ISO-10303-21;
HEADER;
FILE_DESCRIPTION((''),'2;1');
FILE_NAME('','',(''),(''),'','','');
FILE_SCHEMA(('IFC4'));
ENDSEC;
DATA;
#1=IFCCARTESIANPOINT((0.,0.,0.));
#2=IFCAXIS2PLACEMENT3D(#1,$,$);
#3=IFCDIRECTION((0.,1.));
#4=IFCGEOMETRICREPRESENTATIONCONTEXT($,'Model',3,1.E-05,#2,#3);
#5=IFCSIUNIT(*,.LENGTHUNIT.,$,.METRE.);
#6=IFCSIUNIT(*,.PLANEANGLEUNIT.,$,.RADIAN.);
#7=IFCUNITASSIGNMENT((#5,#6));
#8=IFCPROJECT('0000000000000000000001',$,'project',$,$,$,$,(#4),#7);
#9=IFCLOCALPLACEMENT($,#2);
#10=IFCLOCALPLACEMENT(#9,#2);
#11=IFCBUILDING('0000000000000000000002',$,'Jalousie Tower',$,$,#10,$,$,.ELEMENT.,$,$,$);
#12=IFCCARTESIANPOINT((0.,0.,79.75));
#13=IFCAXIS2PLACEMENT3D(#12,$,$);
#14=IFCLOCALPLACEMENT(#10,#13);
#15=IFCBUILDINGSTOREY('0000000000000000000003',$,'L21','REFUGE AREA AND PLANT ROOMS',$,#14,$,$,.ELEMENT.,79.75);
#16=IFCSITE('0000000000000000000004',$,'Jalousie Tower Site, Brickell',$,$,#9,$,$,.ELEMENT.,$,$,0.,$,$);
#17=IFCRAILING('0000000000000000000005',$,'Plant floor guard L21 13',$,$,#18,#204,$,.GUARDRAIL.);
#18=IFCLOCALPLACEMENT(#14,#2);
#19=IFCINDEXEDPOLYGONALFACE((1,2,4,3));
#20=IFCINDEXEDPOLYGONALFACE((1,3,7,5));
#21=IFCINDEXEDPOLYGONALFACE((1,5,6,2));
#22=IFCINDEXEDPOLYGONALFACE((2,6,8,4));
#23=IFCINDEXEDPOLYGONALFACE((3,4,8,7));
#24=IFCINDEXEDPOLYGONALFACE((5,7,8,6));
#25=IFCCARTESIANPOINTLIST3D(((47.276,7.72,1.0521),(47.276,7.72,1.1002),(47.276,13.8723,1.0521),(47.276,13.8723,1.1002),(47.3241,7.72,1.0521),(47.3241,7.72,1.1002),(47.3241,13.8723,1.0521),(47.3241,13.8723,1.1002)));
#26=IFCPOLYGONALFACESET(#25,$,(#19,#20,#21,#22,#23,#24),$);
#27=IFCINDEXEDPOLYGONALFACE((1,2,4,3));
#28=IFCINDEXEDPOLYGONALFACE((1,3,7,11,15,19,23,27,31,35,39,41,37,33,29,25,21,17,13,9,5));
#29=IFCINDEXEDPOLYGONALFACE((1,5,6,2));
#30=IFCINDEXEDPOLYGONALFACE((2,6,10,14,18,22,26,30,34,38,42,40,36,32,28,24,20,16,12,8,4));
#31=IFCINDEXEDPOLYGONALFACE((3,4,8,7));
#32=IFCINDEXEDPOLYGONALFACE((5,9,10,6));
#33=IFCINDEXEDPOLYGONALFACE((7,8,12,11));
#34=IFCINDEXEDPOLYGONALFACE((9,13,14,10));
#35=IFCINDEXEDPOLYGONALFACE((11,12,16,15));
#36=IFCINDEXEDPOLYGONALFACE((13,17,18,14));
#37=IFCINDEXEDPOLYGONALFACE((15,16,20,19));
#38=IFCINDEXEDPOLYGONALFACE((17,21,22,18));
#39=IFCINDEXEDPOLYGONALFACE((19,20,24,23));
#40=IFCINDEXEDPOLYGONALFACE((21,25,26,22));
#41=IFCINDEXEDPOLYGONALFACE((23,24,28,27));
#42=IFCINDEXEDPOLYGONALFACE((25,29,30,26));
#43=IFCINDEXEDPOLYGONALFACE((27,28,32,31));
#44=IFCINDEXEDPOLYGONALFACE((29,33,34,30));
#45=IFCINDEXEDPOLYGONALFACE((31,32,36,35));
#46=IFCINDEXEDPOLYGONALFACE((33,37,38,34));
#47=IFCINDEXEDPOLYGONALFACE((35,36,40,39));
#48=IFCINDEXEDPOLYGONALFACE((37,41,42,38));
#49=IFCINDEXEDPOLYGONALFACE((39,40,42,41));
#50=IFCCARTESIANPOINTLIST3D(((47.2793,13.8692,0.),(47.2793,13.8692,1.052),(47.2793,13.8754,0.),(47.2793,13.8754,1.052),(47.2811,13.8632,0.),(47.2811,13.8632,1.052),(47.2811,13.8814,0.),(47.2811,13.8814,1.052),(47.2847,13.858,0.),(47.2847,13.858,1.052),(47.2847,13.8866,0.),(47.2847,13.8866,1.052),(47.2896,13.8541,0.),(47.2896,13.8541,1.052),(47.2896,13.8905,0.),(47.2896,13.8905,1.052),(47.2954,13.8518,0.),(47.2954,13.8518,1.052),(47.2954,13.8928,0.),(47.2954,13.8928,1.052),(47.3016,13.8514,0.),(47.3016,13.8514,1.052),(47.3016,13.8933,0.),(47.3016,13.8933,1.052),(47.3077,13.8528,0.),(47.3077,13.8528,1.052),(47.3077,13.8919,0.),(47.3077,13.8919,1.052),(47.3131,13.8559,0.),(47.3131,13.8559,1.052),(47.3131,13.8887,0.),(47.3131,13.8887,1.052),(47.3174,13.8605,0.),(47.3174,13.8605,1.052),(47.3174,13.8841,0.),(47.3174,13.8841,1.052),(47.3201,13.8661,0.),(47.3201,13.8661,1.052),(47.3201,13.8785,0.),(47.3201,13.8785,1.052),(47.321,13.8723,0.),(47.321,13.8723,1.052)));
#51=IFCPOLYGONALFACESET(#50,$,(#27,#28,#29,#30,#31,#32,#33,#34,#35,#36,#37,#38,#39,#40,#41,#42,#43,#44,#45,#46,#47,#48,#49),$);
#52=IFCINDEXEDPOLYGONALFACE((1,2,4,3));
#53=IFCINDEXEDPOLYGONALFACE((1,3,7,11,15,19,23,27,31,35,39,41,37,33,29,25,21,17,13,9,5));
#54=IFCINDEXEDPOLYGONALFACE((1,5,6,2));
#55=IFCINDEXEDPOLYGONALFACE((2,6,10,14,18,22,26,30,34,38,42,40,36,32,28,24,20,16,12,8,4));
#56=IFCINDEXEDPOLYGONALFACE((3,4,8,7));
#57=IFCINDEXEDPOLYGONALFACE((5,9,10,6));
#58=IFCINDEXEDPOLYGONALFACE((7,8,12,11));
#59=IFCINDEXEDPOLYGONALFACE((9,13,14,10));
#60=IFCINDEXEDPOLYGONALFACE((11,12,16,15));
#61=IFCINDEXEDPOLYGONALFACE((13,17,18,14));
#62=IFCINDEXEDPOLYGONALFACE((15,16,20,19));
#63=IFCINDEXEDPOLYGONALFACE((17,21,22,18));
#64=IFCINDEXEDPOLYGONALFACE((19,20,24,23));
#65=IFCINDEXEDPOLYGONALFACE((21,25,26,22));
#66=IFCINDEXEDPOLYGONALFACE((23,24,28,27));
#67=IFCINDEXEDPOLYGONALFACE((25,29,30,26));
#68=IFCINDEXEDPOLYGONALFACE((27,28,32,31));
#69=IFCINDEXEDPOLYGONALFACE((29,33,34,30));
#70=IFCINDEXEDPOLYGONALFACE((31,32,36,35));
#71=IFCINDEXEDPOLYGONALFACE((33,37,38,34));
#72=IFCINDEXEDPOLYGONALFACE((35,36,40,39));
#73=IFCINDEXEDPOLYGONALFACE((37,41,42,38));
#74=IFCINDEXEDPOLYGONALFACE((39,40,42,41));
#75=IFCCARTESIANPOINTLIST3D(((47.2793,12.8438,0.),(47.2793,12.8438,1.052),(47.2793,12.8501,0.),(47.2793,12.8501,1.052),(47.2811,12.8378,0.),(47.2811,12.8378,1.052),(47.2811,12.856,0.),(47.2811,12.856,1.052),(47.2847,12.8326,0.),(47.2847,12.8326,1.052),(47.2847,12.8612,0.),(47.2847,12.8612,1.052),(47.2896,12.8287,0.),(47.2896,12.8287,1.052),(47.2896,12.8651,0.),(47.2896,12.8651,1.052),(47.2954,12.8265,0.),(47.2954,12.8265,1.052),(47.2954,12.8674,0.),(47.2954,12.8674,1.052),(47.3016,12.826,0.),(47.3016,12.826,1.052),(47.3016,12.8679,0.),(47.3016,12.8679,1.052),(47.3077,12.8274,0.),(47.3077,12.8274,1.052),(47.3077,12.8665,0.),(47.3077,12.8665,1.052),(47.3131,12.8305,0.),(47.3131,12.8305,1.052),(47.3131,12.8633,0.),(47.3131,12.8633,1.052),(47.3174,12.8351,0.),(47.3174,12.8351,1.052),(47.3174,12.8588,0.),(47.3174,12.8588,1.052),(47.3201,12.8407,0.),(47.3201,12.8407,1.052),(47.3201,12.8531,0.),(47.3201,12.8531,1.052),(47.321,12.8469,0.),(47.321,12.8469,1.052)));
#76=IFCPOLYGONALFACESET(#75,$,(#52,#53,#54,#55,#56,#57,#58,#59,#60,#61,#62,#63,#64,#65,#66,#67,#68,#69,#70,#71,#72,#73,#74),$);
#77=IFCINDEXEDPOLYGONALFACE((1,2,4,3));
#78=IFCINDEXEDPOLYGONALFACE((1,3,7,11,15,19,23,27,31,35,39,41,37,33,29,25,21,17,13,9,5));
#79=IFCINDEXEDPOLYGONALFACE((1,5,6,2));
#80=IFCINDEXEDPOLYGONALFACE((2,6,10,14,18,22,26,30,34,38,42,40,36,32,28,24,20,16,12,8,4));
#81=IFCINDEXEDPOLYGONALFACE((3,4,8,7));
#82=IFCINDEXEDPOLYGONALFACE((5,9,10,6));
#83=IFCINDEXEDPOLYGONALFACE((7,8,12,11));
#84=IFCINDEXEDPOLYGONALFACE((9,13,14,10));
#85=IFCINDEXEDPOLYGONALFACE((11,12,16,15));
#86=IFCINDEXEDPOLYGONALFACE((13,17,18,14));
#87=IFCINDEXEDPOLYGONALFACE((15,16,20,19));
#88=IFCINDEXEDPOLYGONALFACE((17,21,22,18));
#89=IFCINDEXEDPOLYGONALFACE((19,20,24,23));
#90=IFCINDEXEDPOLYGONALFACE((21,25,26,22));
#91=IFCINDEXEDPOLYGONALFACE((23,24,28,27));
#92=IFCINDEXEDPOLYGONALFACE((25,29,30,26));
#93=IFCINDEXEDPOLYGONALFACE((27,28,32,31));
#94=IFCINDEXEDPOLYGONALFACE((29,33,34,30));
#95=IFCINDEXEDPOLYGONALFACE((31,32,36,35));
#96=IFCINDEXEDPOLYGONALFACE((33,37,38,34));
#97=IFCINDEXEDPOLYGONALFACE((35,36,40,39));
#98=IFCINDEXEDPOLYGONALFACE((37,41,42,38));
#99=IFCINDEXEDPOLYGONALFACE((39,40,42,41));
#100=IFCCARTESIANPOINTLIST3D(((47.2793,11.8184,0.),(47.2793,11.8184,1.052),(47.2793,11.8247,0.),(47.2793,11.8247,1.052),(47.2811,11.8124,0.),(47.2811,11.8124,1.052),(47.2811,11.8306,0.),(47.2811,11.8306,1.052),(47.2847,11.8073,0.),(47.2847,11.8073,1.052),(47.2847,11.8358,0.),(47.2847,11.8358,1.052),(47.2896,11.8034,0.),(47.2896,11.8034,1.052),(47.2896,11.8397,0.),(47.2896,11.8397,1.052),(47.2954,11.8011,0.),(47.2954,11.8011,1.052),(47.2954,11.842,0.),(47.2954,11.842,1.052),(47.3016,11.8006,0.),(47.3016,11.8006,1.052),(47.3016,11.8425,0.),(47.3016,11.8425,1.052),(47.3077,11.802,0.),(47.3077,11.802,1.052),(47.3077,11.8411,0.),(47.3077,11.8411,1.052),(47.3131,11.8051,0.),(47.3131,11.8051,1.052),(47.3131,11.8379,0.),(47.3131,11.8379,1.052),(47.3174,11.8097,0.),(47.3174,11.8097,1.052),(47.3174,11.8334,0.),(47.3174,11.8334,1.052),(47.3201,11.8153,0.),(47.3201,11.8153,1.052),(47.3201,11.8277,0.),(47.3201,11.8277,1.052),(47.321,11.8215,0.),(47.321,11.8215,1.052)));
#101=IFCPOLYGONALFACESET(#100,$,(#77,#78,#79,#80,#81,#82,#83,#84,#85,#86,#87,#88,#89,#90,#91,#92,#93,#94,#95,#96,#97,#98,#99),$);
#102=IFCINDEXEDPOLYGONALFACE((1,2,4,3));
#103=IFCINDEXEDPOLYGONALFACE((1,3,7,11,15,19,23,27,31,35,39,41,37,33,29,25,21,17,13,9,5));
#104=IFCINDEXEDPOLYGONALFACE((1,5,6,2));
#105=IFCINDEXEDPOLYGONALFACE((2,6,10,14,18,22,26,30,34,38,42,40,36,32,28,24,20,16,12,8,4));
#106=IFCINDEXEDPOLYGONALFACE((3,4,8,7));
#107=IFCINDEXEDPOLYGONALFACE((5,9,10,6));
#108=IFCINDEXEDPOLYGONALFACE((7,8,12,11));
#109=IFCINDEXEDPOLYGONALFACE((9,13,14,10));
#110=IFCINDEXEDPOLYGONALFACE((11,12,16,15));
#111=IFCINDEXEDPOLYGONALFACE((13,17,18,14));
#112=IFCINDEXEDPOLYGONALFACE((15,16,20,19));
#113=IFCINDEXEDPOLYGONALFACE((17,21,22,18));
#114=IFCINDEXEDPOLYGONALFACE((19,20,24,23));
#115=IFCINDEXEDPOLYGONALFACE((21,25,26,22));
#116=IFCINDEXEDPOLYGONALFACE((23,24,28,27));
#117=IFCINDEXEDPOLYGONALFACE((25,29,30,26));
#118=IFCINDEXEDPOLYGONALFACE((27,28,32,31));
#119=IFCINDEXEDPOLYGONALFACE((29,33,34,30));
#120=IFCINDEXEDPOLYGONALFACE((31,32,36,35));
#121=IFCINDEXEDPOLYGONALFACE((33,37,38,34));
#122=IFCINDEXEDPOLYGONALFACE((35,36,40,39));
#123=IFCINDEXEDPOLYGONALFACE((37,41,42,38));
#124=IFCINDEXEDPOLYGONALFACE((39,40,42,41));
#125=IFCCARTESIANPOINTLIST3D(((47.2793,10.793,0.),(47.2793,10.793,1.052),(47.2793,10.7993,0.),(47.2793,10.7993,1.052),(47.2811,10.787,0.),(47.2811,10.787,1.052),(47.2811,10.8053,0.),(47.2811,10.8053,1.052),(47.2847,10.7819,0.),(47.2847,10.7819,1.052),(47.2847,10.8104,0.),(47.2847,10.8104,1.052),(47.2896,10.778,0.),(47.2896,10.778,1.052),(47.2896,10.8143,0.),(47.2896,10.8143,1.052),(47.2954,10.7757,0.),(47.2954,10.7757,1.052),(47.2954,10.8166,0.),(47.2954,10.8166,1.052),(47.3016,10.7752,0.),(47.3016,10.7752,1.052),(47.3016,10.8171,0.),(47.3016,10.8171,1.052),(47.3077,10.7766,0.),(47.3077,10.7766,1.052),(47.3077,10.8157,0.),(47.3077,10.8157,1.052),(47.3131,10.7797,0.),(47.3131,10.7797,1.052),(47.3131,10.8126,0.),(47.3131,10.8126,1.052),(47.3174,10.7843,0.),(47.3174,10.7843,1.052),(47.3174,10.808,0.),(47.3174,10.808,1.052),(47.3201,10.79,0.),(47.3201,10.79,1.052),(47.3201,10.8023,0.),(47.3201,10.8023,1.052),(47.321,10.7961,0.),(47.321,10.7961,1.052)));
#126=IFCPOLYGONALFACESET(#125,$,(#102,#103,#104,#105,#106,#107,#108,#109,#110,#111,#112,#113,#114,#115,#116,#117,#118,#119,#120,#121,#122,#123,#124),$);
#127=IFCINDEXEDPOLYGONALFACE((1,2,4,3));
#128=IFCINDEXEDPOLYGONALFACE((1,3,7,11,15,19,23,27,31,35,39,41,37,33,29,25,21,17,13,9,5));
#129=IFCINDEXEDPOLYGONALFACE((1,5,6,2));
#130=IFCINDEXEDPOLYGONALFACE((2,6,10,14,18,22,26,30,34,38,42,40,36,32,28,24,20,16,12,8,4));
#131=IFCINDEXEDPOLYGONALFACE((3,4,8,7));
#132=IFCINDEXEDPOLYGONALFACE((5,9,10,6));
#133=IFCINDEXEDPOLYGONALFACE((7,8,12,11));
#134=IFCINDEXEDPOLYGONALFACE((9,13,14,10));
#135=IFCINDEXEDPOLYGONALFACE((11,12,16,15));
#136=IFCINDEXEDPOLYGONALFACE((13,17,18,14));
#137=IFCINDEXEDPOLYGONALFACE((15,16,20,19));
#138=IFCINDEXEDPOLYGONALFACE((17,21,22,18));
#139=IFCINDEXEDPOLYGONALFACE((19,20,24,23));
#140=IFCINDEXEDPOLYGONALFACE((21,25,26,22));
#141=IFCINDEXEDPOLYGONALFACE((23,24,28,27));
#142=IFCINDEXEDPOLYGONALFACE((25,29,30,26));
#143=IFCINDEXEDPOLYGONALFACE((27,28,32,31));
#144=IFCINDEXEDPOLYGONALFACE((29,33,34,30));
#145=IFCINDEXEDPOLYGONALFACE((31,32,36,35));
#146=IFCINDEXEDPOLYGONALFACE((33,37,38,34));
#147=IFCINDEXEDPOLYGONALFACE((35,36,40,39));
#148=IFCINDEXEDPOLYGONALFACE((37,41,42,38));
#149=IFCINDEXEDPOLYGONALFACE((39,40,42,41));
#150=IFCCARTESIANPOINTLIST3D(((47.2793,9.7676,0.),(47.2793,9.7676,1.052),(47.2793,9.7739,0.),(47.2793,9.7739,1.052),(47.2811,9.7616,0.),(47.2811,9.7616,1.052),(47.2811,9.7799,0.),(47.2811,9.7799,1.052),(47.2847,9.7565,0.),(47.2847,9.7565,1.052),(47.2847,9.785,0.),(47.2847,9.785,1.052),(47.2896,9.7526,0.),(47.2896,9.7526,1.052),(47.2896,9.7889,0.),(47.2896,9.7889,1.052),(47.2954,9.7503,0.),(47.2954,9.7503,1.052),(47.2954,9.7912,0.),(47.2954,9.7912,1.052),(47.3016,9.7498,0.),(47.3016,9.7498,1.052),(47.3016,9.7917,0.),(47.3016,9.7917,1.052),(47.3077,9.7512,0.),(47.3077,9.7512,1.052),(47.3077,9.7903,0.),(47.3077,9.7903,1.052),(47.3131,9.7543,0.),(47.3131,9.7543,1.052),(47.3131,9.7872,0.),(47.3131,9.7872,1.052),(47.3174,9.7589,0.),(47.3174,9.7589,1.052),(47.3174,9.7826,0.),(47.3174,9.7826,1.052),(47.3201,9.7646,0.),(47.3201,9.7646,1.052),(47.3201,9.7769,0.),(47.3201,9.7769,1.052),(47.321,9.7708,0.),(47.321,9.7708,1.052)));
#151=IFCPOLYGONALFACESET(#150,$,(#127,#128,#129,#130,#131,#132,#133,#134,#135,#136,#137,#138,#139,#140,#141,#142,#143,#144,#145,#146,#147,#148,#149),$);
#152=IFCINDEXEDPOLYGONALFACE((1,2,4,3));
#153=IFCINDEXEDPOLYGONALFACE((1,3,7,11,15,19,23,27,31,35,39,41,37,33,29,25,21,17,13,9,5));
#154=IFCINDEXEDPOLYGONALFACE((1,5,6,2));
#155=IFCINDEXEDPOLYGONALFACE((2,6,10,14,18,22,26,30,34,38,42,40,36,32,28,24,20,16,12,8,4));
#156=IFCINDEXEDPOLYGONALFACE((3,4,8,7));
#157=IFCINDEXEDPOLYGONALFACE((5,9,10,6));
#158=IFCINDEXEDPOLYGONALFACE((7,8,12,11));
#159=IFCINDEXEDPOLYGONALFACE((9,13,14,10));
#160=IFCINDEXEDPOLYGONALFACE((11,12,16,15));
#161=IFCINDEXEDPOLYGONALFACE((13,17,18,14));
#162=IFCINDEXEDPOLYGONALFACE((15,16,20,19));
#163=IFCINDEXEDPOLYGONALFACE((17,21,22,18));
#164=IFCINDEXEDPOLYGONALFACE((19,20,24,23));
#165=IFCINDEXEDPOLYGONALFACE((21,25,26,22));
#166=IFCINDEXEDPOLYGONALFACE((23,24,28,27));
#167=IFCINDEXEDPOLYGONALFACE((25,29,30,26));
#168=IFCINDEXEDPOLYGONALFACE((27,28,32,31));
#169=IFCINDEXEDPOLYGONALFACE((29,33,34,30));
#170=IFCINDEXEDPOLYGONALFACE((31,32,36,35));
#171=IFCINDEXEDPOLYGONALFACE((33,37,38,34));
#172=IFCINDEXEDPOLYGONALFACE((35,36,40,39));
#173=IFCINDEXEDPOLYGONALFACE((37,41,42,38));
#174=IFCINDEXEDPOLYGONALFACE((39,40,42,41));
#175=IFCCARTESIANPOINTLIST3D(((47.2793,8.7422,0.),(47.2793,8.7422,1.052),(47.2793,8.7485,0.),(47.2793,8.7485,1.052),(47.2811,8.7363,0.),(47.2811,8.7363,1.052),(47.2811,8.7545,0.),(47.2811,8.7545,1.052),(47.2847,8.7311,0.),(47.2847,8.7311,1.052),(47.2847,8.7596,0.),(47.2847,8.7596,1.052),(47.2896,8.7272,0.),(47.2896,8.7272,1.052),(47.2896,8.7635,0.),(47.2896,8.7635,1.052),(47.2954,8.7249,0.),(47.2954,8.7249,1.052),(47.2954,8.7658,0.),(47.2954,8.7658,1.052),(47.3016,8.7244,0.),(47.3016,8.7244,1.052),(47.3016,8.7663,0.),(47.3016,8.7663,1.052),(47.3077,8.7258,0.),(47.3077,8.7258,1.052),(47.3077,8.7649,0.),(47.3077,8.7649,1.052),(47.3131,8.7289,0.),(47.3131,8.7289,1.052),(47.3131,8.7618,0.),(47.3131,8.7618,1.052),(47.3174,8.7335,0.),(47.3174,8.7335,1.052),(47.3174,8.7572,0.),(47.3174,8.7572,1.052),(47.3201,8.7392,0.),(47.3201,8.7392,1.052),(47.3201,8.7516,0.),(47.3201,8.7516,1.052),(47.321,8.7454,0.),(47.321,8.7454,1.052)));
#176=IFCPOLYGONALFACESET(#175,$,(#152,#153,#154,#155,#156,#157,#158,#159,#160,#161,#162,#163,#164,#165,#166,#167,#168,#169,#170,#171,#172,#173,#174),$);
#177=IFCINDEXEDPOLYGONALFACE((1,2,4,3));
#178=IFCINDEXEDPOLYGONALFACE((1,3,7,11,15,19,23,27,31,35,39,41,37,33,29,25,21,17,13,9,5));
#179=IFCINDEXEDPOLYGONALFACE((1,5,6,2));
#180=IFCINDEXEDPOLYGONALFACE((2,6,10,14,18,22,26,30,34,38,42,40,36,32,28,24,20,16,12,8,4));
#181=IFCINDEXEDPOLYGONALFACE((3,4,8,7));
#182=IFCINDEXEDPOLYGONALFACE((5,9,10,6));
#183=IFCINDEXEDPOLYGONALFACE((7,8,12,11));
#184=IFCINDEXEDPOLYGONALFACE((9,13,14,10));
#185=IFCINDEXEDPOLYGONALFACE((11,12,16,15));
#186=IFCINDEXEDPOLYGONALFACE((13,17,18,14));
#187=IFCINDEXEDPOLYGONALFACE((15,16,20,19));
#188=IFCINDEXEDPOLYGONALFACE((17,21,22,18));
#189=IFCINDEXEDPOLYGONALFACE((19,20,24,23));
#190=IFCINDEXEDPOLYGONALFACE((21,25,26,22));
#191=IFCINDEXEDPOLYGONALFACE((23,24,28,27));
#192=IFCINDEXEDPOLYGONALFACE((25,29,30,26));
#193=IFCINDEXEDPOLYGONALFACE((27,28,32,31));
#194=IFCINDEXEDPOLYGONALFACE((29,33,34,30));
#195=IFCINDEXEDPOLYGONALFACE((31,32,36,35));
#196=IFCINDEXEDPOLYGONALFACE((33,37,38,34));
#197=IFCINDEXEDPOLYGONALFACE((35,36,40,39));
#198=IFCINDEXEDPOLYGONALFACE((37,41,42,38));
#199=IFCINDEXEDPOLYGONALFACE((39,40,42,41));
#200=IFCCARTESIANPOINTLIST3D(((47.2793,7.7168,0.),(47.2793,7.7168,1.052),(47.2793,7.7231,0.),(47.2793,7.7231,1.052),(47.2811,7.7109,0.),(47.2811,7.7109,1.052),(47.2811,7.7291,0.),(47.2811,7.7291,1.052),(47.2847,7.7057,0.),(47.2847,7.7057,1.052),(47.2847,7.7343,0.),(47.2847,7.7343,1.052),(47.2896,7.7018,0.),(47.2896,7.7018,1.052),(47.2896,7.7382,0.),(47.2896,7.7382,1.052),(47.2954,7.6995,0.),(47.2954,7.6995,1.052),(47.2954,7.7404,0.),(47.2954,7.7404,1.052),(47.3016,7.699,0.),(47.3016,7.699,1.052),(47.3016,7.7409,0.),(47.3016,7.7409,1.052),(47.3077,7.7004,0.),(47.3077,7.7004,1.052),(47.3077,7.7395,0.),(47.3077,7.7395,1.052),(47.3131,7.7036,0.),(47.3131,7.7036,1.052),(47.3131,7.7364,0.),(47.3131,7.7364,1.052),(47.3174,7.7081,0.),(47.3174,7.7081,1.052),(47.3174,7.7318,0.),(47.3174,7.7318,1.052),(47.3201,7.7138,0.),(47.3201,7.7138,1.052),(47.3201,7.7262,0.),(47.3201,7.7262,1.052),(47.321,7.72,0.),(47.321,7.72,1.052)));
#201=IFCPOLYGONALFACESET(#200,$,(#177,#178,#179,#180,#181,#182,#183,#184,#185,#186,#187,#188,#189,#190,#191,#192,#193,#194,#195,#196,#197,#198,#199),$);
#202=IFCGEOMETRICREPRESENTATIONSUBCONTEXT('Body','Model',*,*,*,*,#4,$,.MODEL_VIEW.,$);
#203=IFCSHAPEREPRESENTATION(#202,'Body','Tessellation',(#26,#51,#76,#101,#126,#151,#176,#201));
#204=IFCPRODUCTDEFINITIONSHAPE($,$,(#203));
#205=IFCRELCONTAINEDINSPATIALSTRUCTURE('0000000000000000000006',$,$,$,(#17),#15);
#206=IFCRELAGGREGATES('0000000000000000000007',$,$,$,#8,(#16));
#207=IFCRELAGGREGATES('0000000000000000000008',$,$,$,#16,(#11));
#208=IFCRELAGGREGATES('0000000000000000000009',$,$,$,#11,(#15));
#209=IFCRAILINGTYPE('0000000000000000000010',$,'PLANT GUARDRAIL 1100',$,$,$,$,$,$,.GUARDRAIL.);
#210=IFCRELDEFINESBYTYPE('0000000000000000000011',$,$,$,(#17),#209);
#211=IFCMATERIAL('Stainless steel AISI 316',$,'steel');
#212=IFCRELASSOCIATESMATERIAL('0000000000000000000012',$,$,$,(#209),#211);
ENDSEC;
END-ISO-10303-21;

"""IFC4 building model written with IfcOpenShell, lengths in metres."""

from ifc_helpers import new_model, si_unit, direction, frame, origin, origin_2d, place, context, subcontext, project, spatial, rectangle, circle, extrude, material, type_object, element, save


model = new_model("IFC4")

# Units and contexts
model_context = context("Model", 3, precision=1e-05, world=origin(), true_north=direction((0.0, 1.0)))
body_context = subcontext(model_context, "Body", "Model", "MODEL_VIEW")
ifc_project = project(units=[si_unit("LENGTHUNIT", "METRE"), si_unit("PLANEANGLEUNIT", "RADIAN")], contexts=[model_context])

# Site, building, storey
site_placement = place(None, origin())
site = spatial("IfcSite", under=ifc_project, at=site_placement, Name="Jalousie Tower Site, Brickell", CompositionType="ELEMENT", RefElevation=0.0)
building_placement = place(site_placement, origin())
building = spatial("IfcBuilding", under=site, at=building_placement, Name="Jalousie Tower", CompositionType="ELEMENT")
storey_placement = place(building_placement, frame((0.0, 0.0, 79.75)))
storey = spatial("IfcBuildingStorey", under=building, at=storey_placement, Name="L21", Description="REFUGE AREA AND PLANT ROOMS", CompositionType="ELEMENT", Elevation=79.75)

# Railing
ifc_material_1 = material(Name="Stainless steel AISI 316", Category="steel")
railing_type_1 = type_object("IfcRailingType", Name="PLANT GUARDRAIL 1100", PredefinedType="GUARDRAIL", material=ifc_material_1)
railing_placement = place(storey_placement, frame((47.3, 13.8723, 0.0)))
element("IfcRailing", 1, at=railing_placement, inside=storey, type_object=railing_type_1, Name="Plant floor guard L21 13", PredefinedType="GUARDRAIL", context=body_context, shape_type="SweptSolid", body=[
    extrude(rectangle(XDim=0.0481, YDim=0.0481, at=origin_2d()), frame((0.0, 0.0, 1.0762), z_axis=(0.0, -1.0, 0.0), x_axis=(1.0, 0.0, 0.0)), (0.0, 0.0, 1.0), 6.1523),
    extrude(circle(Radius=0.021, at=origin_2d()), origin(), (0.0, 0.0, 1.0), 1.052),
    extrude(circle(Radius=0.021, at=origin_2d()), frame((0.0, -1.0254, 0.0)), (0.0, 0.0, 1.0), 1.052),
    extrude(circle(Radius=0.021, at=origin_2d()), frame((0.0, -2.0508, 0.0)), (0.0, 0.0, 1.0), 1.052),
    extrude(circle(Radius=0.021, at=origin_2d()), frame((0.0, -3.0762, 0.0)), (0.0, 0.0, 1.0), 1.052),
    extrude(circle(Radius=0.021, at=origin_2d()), frame((0.0, -4.1016, 0.0)), (0.0, 0.0, 1.0), 1.052),
    extrude(circle(Radius=0.021, at=origin_2d()), frame((0.0, -5.127, 0.0)), (0.0, 0.0, 1.0), 1.052),
    extrude(circle(Radius=0.021, at=origin_2d()), frame((0.0, -6.1523, 0.0)), (0.0, 0.0, 1.0), 1.052),
])

save(model, "model.ifc")
